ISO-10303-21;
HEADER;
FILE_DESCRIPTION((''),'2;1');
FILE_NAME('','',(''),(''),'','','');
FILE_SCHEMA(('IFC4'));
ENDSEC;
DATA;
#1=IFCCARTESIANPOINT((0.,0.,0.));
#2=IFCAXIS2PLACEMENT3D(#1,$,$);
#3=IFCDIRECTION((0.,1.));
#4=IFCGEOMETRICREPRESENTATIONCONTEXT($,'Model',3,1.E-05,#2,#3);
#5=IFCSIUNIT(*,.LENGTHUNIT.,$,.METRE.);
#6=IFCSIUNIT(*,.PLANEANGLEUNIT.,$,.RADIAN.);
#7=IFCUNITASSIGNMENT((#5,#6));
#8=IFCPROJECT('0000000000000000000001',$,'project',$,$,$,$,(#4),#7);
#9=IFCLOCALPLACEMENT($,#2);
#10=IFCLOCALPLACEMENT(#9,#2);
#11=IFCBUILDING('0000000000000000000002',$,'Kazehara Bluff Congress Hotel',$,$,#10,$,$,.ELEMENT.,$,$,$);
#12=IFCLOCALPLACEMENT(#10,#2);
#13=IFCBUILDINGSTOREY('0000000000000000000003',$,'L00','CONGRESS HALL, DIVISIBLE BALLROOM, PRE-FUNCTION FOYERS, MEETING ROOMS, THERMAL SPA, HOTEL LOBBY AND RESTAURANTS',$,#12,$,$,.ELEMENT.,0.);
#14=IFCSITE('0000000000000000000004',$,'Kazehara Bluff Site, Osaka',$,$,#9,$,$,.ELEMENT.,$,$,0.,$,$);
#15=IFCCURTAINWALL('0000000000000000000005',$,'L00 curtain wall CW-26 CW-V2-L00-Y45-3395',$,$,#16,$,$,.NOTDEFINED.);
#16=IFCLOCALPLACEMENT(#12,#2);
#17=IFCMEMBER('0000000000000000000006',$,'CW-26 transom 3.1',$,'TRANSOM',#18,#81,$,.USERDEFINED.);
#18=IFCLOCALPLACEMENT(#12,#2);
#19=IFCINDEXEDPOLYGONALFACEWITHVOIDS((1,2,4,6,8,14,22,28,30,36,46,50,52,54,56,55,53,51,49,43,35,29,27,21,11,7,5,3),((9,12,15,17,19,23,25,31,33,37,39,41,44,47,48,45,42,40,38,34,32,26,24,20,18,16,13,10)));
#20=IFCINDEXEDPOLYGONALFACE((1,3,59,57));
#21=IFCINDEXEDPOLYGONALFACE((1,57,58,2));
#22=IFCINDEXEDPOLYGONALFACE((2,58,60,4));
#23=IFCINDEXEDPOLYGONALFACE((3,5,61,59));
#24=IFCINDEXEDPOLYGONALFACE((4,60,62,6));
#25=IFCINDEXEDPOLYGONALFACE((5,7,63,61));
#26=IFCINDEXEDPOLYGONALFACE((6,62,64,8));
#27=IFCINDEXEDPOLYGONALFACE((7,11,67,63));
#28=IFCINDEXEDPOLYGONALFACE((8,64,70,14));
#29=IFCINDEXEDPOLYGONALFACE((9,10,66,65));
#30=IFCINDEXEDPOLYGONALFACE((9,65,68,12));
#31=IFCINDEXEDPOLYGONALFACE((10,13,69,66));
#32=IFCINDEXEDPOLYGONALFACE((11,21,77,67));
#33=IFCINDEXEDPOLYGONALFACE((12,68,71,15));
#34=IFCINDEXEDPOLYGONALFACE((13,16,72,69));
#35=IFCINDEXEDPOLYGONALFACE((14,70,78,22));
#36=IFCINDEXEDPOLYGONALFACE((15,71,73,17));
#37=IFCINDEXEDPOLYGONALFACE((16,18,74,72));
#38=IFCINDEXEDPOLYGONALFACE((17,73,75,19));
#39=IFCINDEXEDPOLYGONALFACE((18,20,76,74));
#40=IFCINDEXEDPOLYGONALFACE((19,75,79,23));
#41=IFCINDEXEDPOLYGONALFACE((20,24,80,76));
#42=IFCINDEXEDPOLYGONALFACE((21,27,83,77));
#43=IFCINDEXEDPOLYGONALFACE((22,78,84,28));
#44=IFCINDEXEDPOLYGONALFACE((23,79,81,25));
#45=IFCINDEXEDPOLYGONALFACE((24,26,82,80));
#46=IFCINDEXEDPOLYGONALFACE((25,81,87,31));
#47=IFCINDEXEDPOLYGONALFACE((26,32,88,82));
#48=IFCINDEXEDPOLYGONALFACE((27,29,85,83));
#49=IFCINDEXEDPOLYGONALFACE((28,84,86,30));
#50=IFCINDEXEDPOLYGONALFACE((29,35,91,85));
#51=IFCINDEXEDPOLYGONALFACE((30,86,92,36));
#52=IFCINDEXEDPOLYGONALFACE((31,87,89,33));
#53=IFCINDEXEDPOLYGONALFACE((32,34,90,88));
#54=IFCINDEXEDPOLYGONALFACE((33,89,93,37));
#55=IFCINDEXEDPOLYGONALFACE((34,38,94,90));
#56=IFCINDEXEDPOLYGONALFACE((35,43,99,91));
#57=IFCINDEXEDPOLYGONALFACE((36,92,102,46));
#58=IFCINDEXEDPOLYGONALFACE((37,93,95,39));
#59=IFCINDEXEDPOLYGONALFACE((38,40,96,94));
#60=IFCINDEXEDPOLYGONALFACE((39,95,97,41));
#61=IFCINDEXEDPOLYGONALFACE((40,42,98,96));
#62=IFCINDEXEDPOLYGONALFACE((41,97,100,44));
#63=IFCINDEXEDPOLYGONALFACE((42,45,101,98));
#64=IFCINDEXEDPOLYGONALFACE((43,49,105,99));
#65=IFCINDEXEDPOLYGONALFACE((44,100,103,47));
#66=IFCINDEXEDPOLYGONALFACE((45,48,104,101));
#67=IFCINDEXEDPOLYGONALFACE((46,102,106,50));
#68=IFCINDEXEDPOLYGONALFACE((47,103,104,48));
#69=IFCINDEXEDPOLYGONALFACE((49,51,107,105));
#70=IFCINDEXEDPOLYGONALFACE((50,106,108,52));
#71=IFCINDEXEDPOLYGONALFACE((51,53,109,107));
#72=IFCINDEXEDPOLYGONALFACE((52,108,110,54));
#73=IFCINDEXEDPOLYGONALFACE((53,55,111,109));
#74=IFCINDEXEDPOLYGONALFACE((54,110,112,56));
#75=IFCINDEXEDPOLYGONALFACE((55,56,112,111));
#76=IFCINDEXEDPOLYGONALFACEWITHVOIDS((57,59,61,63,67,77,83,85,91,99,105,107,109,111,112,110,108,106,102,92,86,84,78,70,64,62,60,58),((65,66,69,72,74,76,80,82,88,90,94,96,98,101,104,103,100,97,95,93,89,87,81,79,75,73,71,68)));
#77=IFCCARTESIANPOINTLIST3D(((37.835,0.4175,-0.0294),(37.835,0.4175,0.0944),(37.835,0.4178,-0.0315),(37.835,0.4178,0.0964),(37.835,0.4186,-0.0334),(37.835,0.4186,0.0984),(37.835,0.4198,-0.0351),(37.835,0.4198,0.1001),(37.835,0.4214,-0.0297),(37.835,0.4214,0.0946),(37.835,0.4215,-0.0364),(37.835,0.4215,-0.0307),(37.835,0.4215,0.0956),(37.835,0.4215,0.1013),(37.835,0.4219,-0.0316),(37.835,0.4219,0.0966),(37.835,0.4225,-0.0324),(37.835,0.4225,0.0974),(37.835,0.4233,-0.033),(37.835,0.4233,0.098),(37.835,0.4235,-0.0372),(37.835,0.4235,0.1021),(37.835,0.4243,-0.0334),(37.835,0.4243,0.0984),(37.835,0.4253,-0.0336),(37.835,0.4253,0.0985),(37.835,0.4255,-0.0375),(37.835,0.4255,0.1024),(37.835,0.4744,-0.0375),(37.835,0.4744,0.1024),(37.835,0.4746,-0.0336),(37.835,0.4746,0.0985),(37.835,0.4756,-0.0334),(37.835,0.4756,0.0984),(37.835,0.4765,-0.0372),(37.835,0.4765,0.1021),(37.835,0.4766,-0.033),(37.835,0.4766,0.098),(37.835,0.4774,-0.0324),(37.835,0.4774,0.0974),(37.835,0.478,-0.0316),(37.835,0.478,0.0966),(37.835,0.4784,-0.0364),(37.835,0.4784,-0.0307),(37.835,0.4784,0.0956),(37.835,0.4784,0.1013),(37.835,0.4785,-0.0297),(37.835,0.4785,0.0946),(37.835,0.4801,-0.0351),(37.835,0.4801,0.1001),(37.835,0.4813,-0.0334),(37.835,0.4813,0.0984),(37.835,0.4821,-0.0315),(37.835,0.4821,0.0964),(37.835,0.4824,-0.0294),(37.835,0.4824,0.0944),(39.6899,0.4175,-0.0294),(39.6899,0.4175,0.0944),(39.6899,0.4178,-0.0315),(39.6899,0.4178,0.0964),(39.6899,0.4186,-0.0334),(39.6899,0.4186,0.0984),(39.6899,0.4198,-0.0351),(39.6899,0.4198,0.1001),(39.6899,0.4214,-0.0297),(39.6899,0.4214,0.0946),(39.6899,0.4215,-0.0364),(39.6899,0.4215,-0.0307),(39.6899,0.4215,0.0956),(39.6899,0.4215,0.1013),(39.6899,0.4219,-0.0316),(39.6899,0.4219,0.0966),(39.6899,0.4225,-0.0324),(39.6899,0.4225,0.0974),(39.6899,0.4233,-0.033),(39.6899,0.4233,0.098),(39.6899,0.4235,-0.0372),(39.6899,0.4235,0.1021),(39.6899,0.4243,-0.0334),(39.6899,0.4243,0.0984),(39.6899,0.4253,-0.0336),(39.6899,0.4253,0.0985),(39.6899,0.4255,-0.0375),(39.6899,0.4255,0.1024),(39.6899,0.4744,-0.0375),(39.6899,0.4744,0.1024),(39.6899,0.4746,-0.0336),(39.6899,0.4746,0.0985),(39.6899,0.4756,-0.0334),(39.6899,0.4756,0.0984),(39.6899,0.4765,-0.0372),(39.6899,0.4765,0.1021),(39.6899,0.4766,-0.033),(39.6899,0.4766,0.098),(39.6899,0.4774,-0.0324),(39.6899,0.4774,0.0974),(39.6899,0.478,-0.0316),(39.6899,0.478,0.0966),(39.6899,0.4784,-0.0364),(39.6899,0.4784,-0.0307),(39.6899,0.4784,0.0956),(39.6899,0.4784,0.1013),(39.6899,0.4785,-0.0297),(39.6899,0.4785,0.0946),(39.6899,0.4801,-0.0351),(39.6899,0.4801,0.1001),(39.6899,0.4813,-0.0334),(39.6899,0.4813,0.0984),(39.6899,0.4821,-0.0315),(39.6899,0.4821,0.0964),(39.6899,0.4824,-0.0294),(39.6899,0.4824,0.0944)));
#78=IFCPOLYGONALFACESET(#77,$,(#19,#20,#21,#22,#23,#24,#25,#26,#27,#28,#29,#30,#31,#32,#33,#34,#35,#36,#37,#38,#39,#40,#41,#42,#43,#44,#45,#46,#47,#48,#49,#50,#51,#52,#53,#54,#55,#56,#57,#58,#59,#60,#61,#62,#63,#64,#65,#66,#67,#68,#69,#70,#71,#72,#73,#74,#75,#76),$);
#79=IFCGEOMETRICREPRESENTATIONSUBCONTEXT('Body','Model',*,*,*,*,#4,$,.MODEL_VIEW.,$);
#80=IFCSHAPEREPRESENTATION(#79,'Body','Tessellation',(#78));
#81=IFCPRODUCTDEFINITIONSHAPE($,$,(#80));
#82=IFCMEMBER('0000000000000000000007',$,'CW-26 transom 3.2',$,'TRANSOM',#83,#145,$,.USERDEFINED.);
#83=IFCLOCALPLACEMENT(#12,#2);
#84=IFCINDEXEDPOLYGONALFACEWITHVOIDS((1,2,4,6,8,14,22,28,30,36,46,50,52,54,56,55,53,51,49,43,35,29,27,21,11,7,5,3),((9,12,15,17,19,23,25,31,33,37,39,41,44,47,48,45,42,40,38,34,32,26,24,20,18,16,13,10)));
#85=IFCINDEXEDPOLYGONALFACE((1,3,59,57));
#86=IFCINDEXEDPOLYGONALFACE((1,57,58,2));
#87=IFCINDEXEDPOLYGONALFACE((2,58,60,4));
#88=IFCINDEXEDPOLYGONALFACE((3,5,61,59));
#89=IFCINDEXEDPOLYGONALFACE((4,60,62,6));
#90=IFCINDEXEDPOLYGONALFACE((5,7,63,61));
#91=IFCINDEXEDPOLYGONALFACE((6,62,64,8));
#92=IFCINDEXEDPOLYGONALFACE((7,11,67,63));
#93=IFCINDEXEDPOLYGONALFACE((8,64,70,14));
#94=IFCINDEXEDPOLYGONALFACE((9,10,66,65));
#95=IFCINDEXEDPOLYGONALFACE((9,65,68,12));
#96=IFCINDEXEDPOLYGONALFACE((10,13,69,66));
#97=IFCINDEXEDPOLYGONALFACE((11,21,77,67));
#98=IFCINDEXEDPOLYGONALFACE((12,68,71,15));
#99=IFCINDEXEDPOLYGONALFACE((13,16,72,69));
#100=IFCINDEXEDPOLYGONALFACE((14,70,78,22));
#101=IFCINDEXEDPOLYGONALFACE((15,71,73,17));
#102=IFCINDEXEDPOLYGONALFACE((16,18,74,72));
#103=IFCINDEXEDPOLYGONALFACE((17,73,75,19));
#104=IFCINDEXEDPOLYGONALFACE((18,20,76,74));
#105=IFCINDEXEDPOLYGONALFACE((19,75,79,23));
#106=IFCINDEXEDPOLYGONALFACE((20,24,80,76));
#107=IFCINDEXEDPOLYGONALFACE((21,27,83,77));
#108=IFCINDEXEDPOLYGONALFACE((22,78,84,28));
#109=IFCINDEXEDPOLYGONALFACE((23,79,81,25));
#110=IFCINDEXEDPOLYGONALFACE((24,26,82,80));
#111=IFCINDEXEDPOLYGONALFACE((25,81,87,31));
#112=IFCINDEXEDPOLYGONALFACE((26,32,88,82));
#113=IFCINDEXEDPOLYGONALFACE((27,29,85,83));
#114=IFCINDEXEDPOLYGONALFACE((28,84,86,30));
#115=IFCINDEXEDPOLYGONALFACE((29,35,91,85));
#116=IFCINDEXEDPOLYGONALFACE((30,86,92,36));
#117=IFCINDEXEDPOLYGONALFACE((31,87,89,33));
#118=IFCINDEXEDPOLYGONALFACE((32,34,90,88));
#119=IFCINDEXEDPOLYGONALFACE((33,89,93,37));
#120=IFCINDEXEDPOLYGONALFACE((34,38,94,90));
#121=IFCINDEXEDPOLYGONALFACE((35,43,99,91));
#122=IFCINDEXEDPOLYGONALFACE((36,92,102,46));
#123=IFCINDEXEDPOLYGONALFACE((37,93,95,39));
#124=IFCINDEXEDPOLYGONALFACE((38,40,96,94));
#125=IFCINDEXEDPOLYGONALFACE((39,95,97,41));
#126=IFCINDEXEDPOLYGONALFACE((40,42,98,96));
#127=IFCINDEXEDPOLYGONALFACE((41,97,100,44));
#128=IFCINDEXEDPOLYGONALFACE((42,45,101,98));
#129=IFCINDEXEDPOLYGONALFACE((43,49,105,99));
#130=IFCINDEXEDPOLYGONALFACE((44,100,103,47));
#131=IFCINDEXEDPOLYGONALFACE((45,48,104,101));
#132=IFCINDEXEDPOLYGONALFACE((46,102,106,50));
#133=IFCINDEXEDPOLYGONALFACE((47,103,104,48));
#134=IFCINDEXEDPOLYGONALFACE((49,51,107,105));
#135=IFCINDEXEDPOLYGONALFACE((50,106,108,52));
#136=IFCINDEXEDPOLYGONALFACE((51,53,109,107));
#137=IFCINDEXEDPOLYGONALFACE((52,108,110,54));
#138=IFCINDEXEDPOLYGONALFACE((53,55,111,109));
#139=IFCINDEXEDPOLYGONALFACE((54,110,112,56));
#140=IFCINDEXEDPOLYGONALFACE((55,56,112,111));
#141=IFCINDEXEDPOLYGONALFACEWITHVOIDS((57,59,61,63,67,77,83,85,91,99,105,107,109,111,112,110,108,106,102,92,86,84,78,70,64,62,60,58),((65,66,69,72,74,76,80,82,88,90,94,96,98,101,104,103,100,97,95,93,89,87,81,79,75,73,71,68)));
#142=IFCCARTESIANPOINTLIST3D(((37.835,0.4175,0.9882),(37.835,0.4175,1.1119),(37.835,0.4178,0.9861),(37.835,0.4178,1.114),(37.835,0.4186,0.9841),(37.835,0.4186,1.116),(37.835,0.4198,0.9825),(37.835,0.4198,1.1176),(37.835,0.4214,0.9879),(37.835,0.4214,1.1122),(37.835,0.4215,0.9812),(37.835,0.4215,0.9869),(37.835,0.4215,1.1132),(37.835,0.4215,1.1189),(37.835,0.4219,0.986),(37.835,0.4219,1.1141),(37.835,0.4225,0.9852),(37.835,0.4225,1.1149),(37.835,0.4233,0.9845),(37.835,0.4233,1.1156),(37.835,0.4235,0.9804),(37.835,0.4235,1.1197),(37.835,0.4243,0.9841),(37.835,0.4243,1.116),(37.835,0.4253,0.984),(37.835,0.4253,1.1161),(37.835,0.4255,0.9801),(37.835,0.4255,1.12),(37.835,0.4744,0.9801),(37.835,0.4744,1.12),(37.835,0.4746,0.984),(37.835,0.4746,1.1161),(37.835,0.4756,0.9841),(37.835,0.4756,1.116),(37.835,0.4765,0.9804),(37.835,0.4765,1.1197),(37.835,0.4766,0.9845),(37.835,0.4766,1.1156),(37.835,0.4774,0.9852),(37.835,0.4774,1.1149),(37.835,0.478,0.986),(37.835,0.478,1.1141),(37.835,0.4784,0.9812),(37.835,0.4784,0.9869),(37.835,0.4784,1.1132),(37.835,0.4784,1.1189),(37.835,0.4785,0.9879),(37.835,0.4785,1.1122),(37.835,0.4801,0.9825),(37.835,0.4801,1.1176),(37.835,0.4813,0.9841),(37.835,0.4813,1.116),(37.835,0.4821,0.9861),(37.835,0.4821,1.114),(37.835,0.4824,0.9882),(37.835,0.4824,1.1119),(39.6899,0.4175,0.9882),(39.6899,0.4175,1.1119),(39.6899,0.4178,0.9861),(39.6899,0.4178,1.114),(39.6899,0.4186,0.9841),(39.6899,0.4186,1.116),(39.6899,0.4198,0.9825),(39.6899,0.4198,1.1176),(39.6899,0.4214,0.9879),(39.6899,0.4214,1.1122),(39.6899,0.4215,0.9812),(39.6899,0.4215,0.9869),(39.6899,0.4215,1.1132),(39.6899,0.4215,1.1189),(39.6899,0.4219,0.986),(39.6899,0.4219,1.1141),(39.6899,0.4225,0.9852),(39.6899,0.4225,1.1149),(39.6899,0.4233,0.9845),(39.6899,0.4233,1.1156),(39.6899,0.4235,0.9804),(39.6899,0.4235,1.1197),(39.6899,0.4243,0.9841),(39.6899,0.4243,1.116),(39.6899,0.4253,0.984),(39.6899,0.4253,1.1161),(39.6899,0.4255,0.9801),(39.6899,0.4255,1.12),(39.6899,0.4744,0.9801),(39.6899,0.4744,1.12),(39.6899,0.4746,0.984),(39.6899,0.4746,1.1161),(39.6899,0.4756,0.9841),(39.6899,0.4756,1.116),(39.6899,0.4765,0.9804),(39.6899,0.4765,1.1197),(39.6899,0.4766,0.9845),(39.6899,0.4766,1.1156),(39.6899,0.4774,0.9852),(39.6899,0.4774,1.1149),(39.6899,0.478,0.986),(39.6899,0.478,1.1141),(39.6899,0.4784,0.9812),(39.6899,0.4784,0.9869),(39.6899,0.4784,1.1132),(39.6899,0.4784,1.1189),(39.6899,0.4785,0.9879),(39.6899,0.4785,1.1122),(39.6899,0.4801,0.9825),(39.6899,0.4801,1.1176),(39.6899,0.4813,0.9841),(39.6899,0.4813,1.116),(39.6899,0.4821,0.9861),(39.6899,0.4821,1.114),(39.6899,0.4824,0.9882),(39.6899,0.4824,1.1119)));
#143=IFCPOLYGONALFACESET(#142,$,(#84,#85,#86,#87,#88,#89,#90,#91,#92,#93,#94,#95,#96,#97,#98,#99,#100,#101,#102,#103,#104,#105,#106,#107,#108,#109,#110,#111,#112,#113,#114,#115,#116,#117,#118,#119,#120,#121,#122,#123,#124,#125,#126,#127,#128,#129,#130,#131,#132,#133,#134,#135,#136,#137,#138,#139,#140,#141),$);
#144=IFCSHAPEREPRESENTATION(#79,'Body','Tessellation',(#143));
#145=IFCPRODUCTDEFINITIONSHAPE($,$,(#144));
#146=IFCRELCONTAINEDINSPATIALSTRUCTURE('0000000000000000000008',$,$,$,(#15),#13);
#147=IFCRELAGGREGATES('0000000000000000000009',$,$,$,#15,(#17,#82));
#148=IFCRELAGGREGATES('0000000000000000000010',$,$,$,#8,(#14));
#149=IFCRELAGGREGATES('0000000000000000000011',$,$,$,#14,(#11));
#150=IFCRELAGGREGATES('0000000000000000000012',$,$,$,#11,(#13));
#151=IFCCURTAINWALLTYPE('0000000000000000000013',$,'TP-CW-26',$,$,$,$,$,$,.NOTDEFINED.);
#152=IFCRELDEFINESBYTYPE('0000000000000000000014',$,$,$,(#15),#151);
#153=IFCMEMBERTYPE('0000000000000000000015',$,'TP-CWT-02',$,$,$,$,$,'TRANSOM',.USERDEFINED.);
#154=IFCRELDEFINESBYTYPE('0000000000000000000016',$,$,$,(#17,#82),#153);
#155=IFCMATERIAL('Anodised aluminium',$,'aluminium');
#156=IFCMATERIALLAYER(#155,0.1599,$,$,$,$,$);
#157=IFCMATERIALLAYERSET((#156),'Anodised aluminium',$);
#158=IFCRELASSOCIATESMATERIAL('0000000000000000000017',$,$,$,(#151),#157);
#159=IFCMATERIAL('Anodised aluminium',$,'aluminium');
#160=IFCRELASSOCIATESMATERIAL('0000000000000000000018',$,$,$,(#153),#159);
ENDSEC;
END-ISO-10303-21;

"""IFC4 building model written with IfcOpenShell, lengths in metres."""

from ifc_helpers import new_model, si_unit, direction, frame, origin, origin_2d, place, context, subcontext, project, spatial, hollow_rectangle, extrude, material, layer, layer_set, material_profile, profile_set, type_object, element, aggregate, save


model = new_model("IFC4")

# Units and contexts
model_context = context("Model", 3, precision=1e-05, world=origin(), true_north=direction((0.0, 1.0)))
body_context = subcontext(model_context, "Body", "Model", "MODEL_VIEW")
ifc_project = project(units=[si_unit("LENGTHUNIT", "METRE"), si_unit("PLANEANGLEUNIT", "RADIAN")], contexts=[model_context])

# Site, building, storey
site_placement = place(None, origin())
site = spatial("IfcSite", under=ifc_project, at=site_placement, Name="Kazehara Bluff Site, Osaka", CompositionType="ELEMENT", RefElevation=0.0)
building_placement = place(site_placement, origin())
building = spatial("IfcBuilding", under=site, at=building_placement, Name="Kazehara Bluff Congress Hotel", CompositionType="ELEMENT")
storey_placement = place(building_placement, origin())
storey = spatial("IfcBuildingStorey", under=building, at=storey_placement, Name="L00", Description="CONGRESS HALL, DIVISIBLE BALLROOM, PRE-FUNCTION FOYERS, MEETING ROOMS, THERMAL SPA, HOTEL LOBBY AND RESTAURANTS", CompositionType="ELEMENT", Elevation=0.0)

# Shared definitions
ifc_material_1 = material(Name="Anodised aluminium", Category="aluminium")
ifc_layer_1 = layer(ifc_material_1, 0.1599)
ifc_layer_set_1 = layer_set([ifc_layer_1], Name="Anodised aluminium")
curtain_wall_type = type_object("IfcCurtainWallType", Name="TP-CW-26", PredefinedType="NOTDEFINED", material=ifc_layer_set_1)

# Curtain wall, members
curtain_wall_1_placement = place(storey_placement, origin())
curtain_wall_1 = element("IfcCurtainWall", 1, at=curtain_wall_1_placement, inside=storey, type_object=curtain_wall_type, Name="L00 curtain wall CW-26 CW-V2-L00-Y45-3395", PredefinedType="NOTDEFINED")
ifc_material_2 = material(Name="Anodised aluminium", Category="aluminium")
ifc_material_profile_1 = material_profile(ifc_material_2, hollow_rectangle(XDim=0.0649, YDim=0.1399, WallThickness=0.0039, InnerFilletRadius=0.0039, OuterFilletRadius=0.0081, at=origin_2d()))
ifc_profile_set_1 = profile_set([ifc_material_profile_1], Name="Anodised aluminium")
member_type_1 = type_object("IfcMemberType", Name="TP-CWT-02", ElementType="TRANSOM", PredefinedType="USERDEFINED", material=ifc_profile_set_1)
member_1_placement = place(storey_placement, frame((37.835, 0.45, 0.0325), z_axis=(1.0, 0.0, 0.0), x_axis=(0.0, 1.0, 0.0)))
member_1 = element("IfcMember", 2, at=member_1_placement, type_object=member_type_1, Name="CW-26 transom 3.1", ObjectType="TRANSOM", PredefinedType="USERDEFINED", context=body_context, shape_type="SweptSolid", body=[
    extrude(hollow_rectangle(XDim=0.0649, YDim=0.1399, WallThickness=0.0039, InnerFilletRadius=0.0039, OuterFilletRadius=0.0081, at=origin_2d()), origin(), (0.0, 0.0, 1.0), 1.855),
])
member_2_placement = place(storey_placement, frame((37.835, 0.45, 1.05), z_axis=(1.0, 0.0, 0.0), x_axis=(0.0, 1.0, 0.0)))
member_2 = element("IfcMember", 3, at=member_2_placement, type_object=member_type_1, Name="CW-26 transom 3.2", ObjectType="TRANSOM", PredefinedType="USERDEFINED", context=body_context, shape_type="SweptSolid", body=[
    extrude(hollow_rectangle(XDim=0.0649, YDim=0.1399, WallThickness=0.0039, InnerFilletRadius=0.0039, OuterFilletRadius=0.0081, at=origin_2d()), origin(), (0.0, 0.0, 1.0), 1.855),
])

aggregate(curtain_wall_1, [member_1, member_2])

save(model, "model.ifc")
